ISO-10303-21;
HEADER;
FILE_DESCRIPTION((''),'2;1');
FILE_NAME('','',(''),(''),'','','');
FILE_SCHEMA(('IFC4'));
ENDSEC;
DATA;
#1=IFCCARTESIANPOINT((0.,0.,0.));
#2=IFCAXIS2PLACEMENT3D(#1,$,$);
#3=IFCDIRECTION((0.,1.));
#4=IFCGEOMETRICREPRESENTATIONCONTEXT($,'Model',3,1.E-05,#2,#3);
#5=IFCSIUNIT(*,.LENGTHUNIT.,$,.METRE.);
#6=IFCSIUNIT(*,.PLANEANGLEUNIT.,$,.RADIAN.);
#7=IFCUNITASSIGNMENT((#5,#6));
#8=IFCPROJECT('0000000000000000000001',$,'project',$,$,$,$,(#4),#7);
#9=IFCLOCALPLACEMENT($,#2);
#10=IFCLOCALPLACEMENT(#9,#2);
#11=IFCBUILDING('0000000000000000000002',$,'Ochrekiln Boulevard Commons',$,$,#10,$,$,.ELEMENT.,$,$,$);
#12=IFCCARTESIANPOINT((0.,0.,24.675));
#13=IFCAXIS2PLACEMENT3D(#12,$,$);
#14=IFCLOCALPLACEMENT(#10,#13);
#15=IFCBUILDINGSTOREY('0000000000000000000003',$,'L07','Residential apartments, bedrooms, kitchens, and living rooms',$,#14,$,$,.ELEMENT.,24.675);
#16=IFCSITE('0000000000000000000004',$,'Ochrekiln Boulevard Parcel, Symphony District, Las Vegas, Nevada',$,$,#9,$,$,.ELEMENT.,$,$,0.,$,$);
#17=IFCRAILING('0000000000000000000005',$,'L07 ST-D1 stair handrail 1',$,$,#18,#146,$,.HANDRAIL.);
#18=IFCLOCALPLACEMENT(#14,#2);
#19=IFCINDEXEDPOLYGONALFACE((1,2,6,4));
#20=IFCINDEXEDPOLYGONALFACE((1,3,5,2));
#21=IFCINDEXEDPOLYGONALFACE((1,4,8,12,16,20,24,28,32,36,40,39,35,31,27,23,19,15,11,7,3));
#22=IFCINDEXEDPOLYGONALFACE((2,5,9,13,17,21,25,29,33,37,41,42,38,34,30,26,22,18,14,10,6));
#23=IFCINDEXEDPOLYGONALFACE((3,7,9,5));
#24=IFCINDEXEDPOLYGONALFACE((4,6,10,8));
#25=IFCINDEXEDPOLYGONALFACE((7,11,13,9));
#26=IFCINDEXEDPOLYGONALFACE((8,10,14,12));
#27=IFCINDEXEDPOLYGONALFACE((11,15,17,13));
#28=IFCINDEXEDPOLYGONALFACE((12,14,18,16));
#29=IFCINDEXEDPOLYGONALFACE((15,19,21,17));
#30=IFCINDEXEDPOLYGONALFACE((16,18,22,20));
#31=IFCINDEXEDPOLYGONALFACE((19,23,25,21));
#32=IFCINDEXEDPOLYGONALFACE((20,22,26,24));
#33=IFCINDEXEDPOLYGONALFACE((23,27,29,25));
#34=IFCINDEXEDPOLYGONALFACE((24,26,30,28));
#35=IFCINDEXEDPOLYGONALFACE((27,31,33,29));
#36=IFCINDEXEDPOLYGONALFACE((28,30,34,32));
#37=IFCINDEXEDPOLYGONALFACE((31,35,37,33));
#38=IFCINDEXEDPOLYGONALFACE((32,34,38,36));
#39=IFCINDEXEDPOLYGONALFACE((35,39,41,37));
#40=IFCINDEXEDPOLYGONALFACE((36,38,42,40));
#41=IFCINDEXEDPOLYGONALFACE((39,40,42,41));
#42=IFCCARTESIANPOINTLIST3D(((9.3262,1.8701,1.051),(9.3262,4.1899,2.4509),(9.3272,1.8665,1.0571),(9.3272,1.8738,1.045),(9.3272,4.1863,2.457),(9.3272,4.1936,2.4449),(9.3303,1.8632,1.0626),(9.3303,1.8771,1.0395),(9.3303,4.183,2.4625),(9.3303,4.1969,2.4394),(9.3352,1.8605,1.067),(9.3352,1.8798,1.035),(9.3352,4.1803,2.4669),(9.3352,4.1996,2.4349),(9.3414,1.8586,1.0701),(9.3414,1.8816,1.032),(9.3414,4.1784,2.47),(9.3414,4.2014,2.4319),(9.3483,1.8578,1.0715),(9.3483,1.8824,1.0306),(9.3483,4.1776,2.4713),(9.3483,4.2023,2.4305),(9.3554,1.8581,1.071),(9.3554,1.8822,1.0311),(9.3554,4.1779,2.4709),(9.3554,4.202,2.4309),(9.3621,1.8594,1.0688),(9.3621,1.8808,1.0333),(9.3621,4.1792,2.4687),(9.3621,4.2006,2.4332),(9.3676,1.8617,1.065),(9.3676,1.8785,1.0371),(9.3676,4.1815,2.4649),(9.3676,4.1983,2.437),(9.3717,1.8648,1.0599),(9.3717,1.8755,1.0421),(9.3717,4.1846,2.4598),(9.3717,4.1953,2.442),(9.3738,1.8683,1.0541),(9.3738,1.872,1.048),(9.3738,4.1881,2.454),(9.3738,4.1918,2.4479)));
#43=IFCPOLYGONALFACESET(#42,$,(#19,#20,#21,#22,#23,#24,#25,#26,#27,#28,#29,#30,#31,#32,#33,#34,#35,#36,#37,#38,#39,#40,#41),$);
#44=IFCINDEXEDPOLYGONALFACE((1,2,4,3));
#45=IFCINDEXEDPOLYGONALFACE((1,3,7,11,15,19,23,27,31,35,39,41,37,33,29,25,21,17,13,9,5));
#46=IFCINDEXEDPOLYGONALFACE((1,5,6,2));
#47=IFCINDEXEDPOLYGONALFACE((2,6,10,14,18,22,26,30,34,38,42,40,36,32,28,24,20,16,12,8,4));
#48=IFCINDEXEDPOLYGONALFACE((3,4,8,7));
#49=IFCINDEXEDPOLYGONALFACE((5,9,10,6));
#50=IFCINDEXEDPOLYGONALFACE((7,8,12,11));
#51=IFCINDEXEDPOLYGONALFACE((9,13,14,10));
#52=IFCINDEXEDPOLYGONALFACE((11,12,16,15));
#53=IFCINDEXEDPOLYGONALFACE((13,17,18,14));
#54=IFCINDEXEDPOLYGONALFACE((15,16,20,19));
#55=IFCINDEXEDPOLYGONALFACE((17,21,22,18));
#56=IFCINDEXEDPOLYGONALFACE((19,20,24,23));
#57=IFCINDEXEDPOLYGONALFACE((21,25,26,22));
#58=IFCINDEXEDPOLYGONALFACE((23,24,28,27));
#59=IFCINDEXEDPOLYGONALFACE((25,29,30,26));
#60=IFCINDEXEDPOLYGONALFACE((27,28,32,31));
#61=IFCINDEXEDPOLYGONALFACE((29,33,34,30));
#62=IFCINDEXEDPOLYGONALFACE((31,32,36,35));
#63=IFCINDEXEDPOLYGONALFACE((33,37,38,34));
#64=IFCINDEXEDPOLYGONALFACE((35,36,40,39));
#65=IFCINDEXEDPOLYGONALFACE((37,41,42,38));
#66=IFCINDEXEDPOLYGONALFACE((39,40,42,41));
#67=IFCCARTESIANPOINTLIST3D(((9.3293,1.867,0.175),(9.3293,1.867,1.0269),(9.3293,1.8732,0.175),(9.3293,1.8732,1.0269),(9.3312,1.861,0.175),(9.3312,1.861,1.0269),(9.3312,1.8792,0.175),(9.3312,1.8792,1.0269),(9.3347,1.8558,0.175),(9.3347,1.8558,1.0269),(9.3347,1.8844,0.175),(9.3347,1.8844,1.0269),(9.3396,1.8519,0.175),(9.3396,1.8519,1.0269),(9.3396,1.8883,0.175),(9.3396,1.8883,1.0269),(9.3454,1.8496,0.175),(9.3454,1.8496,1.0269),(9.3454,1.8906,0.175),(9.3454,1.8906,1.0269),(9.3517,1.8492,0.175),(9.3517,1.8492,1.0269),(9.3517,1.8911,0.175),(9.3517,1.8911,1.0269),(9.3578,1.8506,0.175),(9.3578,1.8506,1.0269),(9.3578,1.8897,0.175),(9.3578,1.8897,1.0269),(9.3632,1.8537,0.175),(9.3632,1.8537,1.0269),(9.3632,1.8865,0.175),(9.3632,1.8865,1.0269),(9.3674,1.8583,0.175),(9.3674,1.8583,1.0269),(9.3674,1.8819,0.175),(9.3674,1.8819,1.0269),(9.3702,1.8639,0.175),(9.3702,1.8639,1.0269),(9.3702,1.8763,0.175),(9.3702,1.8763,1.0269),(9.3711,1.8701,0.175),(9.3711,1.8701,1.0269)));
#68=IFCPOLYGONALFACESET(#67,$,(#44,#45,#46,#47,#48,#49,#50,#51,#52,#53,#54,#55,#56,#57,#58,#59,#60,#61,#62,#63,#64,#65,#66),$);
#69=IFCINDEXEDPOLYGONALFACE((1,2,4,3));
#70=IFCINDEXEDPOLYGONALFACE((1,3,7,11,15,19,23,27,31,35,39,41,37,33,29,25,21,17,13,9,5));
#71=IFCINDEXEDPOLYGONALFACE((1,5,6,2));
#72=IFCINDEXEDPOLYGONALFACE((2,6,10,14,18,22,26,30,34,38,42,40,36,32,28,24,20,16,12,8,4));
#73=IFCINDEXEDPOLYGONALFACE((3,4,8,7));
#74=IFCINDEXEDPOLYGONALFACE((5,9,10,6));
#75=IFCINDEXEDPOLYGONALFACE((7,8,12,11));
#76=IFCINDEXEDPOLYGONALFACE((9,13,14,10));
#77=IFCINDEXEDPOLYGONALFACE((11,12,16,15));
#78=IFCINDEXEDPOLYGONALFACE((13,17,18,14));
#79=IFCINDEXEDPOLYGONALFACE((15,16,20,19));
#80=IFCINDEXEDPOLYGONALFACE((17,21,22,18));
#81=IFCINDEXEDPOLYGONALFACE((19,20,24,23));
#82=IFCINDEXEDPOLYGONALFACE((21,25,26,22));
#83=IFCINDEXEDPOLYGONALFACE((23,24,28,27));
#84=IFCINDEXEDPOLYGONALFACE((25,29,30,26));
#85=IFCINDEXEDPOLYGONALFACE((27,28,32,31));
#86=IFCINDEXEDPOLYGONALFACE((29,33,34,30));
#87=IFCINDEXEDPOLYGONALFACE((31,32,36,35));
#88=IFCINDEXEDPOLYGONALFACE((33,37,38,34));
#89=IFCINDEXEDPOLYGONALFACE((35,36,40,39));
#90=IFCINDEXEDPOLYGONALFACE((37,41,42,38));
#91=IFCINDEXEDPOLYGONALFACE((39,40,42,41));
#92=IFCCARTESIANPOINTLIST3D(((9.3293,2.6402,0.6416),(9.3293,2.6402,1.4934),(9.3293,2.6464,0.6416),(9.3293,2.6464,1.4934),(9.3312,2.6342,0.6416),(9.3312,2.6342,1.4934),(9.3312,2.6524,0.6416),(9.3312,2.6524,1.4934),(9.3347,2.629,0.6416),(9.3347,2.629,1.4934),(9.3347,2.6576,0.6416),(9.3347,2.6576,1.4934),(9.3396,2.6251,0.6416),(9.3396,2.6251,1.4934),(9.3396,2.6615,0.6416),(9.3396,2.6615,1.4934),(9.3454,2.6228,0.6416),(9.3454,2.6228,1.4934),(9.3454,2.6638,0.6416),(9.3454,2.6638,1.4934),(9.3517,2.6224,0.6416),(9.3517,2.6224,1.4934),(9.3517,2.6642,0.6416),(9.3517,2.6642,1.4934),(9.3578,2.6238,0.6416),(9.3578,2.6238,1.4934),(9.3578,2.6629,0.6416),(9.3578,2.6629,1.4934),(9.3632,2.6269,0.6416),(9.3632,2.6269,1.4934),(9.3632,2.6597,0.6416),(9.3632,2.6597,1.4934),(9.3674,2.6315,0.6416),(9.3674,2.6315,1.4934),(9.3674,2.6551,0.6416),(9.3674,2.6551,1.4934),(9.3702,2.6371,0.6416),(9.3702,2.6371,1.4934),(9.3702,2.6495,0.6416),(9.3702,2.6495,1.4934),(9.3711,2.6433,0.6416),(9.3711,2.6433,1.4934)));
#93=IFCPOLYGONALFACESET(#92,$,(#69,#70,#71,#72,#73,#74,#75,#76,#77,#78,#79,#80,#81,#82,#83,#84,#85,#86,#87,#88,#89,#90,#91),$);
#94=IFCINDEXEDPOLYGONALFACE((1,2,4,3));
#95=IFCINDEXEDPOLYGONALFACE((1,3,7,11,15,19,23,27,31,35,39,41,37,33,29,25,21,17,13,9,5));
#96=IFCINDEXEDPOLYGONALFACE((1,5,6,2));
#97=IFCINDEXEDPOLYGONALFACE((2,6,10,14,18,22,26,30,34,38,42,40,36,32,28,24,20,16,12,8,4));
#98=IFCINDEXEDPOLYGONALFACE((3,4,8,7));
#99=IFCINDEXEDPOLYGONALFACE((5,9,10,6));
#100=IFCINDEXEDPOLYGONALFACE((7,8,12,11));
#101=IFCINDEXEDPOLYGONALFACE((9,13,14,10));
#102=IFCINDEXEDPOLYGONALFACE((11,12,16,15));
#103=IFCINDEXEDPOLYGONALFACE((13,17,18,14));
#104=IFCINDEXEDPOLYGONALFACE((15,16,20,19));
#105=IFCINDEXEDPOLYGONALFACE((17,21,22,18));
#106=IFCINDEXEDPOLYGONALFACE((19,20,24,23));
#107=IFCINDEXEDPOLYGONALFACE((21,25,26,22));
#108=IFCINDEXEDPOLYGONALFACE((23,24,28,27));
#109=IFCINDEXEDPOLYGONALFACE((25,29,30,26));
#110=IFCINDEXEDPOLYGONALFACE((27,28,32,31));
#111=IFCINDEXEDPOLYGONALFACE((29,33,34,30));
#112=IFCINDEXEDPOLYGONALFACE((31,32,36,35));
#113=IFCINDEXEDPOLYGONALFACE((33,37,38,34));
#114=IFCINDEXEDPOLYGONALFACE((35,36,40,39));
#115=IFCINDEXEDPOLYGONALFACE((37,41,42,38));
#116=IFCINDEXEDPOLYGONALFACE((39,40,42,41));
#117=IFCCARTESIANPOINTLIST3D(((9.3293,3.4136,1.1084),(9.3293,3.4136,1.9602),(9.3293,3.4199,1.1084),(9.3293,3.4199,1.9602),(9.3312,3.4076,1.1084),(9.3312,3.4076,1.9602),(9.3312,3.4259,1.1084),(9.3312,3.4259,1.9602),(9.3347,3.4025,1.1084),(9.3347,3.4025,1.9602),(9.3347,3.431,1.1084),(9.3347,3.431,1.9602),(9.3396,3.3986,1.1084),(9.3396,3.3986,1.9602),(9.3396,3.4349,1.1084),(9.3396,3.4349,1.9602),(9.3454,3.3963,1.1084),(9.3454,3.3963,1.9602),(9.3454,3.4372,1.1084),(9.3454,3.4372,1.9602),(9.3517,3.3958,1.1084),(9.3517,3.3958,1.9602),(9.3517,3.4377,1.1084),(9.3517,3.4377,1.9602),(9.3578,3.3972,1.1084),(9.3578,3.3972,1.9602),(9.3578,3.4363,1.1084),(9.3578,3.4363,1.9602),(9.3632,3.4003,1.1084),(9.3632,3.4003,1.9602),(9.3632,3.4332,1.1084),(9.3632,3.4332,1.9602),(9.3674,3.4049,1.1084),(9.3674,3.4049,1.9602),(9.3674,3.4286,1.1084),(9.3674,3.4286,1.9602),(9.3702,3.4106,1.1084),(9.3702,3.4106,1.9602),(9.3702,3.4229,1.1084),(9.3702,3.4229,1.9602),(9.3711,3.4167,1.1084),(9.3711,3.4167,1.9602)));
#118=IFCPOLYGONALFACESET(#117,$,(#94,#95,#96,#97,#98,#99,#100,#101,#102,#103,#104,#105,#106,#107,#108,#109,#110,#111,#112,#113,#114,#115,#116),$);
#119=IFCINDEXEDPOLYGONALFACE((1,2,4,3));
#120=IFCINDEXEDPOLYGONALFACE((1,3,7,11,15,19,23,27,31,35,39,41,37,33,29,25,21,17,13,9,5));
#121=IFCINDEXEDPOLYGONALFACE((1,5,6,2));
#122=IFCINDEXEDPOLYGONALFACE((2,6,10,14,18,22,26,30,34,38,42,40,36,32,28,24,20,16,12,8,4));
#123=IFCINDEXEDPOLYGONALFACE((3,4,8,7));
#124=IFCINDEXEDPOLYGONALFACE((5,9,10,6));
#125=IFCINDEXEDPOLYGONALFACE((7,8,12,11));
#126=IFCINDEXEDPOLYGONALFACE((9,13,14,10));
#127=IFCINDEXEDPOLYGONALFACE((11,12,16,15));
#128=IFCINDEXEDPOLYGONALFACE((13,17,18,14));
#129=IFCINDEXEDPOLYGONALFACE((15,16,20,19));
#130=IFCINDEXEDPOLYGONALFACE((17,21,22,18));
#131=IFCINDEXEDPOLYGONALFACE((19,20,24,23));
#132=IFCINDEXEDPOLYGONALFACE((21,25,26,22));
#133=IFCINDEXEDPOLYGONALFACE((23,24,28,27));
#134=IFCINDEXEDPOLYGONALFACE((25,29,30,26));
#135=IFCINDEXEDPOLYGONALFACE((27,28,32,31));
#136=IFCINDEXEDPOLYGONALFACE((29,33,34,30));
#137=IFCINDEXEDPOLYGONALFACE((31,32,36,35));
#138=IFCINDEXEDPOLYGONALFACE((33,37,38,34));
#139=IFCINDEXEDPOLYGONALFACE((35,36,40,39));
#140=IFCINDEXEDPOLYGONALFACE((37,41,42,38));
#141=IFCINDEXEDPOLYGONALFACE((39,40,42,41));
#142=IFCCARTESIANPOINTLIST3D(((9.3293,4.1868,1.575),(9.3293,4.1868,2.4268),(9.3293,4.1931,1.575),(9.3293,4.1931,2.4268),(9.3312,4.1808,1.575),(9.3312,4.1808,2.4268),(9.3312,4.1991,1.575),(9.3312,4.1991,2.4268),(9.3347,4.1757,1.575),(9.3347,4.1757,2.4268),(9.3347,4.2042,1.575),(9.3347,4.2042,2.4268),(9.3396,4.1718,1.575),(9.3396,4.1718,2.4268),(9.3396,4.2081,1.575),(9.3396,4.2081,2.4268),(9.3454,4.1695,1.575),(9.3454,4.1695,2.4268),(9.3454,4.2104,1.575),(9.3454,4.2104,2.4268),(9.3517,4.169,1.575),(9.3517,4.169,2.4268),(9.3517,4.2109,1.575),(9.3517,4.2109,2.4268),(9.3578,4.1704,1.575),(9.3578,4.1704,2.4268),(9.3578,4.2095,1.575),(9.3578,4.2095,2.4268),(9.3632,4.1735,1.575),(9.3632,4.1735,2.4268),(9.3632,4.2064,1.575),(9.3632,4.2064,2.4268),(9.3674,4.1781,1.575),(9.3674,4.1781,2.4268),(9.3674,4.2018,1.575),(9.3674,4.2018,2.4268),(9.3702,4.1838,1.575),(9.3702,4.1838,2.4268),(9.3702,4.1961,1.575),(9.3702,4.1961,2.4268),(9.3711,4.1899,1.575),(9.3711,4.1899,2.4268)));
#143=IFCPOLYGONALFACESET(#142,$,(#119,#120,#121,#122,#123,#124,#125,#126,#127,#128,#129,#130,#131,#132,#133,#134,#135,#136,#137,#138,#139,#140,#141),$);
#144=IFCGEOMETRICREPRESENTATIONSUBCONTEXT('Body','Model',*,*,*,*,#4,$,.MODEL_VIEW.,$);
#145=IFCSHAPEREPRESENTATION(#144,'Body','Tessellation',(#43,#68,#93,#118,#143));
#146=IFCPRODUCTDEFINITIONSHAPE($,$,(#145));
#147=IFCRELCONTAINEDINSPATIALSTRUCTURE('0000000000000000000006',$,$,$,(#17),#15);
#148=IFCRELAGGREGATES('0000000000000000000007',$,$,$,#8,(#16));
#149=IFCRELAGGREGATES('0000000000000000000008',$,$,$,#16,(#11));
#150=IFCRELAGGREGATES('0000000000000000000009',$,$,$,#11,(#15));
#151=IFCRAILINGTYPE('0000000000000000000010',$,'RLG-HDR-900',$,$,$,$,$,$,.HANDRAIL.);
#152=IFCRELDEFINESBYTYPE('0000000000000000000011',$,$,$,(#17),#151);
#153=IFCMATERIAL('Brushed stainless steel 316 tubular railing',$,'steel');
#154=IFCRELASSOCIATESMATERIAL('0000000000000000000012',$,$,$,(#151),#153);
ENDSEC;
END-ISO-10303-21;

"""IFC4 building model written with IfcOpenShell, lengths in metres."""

from ifc_helpers import new_model, si_unit, direction, frame, origin, origin_2d, place, context, subcontext, project, spatial, circle, extrude, material, type_object, element, save


model = new_model("IFC4")

# Units and contexts
model_context = context("Model", 3, precision=1e-05, world=origin(), true_north=direction((0.0, 1.0)))
body_context = subcontext(model_context, "Body", "Model", "MODEL_VIEW")
ifc_project = project(units=[si_unit("LENGTHUNIT", "METRE"), si_unit("PLANEANGLEUNIT", "RADIAN")], contexts=[model_context])

# Site, building, storey
site_placement = place(None, origin())
site = spatial("IfcSite", under=ifc_project, at=site_placement, Name="Ochrekiln Boulevard Parcel, Symphony District, Las Vegas, Nevada", CompositionType="ELEMENT", RefElevation=0.0)
building_placement = place(site_placement, origin())
building = spatial("IfcBuilding", under=site, at=building_placement, Name="Ochrekiln Boulevard Commons", CompositionType="ELEMENT")
storey_placement = place(building_placement, frame((0.0, 0.0, 24.675)))
storey = spatial("IfcBuildingStorey", under=building, at=storey_placement, Name="L07", Description="Residential apartments, bedrooms, kitchens, and living rooms", CompositionType="ELEMENT", Elevation=24.675)

# Railing
ifc_material_1 = material(Name="Brushed stainless steel 316 tubular railing", Category="steel")
railing_type_1 = type_object("IfcRailingType", Name="RLG-HDR-900", PredefinedType="HANDRAIL", material=ifc_material_1)
railing_1_placement = place(storey_placement, frame((9.3501, 1.8701, 0.175)))
element("IfcRailing", 1, at=railing_1_placement, inside=storey, type_object=railing_type_1, Name="L07 ST-D1 stair handrail 1", PredefinedType="HANDRAIL", context=body_context, shape_type="SweptSolid", body=[
    extrude(circle(Radius=0.0239, at=origin_2d()), frame((0.0, 0.0, 0.876), z_axis=(0.0, 0.856186, 0.516667), x_axis=(-1.0, 0.0, 0.0)), (0.0, 0.0, 1.0), 2.7095),
    extrude(circle(Radius=0.021, at=origin_2d()), origin(), (0.0, 0.0, 1.0), 0.8518),
    extrude(circle(Radius=0.021, at=origin_2d()), frame((0.0, 0.7732, 0.4666)), (0.0, 0.0, 1.0), 0.8518),
    extrude(circle(Radius=0.021, at=origin_2d()), frame((0.0, 1.5466, 0.9333)), (0.0, 0.0, 1.0), 0.8518),
    extrude(circle(Radius=0.021, at=origin_2d()), frame((0.0, 2.3198, 1.3999)), (0.0, 0.0, 1.0), 0.8518),
])

save(model, "model.ifc")
